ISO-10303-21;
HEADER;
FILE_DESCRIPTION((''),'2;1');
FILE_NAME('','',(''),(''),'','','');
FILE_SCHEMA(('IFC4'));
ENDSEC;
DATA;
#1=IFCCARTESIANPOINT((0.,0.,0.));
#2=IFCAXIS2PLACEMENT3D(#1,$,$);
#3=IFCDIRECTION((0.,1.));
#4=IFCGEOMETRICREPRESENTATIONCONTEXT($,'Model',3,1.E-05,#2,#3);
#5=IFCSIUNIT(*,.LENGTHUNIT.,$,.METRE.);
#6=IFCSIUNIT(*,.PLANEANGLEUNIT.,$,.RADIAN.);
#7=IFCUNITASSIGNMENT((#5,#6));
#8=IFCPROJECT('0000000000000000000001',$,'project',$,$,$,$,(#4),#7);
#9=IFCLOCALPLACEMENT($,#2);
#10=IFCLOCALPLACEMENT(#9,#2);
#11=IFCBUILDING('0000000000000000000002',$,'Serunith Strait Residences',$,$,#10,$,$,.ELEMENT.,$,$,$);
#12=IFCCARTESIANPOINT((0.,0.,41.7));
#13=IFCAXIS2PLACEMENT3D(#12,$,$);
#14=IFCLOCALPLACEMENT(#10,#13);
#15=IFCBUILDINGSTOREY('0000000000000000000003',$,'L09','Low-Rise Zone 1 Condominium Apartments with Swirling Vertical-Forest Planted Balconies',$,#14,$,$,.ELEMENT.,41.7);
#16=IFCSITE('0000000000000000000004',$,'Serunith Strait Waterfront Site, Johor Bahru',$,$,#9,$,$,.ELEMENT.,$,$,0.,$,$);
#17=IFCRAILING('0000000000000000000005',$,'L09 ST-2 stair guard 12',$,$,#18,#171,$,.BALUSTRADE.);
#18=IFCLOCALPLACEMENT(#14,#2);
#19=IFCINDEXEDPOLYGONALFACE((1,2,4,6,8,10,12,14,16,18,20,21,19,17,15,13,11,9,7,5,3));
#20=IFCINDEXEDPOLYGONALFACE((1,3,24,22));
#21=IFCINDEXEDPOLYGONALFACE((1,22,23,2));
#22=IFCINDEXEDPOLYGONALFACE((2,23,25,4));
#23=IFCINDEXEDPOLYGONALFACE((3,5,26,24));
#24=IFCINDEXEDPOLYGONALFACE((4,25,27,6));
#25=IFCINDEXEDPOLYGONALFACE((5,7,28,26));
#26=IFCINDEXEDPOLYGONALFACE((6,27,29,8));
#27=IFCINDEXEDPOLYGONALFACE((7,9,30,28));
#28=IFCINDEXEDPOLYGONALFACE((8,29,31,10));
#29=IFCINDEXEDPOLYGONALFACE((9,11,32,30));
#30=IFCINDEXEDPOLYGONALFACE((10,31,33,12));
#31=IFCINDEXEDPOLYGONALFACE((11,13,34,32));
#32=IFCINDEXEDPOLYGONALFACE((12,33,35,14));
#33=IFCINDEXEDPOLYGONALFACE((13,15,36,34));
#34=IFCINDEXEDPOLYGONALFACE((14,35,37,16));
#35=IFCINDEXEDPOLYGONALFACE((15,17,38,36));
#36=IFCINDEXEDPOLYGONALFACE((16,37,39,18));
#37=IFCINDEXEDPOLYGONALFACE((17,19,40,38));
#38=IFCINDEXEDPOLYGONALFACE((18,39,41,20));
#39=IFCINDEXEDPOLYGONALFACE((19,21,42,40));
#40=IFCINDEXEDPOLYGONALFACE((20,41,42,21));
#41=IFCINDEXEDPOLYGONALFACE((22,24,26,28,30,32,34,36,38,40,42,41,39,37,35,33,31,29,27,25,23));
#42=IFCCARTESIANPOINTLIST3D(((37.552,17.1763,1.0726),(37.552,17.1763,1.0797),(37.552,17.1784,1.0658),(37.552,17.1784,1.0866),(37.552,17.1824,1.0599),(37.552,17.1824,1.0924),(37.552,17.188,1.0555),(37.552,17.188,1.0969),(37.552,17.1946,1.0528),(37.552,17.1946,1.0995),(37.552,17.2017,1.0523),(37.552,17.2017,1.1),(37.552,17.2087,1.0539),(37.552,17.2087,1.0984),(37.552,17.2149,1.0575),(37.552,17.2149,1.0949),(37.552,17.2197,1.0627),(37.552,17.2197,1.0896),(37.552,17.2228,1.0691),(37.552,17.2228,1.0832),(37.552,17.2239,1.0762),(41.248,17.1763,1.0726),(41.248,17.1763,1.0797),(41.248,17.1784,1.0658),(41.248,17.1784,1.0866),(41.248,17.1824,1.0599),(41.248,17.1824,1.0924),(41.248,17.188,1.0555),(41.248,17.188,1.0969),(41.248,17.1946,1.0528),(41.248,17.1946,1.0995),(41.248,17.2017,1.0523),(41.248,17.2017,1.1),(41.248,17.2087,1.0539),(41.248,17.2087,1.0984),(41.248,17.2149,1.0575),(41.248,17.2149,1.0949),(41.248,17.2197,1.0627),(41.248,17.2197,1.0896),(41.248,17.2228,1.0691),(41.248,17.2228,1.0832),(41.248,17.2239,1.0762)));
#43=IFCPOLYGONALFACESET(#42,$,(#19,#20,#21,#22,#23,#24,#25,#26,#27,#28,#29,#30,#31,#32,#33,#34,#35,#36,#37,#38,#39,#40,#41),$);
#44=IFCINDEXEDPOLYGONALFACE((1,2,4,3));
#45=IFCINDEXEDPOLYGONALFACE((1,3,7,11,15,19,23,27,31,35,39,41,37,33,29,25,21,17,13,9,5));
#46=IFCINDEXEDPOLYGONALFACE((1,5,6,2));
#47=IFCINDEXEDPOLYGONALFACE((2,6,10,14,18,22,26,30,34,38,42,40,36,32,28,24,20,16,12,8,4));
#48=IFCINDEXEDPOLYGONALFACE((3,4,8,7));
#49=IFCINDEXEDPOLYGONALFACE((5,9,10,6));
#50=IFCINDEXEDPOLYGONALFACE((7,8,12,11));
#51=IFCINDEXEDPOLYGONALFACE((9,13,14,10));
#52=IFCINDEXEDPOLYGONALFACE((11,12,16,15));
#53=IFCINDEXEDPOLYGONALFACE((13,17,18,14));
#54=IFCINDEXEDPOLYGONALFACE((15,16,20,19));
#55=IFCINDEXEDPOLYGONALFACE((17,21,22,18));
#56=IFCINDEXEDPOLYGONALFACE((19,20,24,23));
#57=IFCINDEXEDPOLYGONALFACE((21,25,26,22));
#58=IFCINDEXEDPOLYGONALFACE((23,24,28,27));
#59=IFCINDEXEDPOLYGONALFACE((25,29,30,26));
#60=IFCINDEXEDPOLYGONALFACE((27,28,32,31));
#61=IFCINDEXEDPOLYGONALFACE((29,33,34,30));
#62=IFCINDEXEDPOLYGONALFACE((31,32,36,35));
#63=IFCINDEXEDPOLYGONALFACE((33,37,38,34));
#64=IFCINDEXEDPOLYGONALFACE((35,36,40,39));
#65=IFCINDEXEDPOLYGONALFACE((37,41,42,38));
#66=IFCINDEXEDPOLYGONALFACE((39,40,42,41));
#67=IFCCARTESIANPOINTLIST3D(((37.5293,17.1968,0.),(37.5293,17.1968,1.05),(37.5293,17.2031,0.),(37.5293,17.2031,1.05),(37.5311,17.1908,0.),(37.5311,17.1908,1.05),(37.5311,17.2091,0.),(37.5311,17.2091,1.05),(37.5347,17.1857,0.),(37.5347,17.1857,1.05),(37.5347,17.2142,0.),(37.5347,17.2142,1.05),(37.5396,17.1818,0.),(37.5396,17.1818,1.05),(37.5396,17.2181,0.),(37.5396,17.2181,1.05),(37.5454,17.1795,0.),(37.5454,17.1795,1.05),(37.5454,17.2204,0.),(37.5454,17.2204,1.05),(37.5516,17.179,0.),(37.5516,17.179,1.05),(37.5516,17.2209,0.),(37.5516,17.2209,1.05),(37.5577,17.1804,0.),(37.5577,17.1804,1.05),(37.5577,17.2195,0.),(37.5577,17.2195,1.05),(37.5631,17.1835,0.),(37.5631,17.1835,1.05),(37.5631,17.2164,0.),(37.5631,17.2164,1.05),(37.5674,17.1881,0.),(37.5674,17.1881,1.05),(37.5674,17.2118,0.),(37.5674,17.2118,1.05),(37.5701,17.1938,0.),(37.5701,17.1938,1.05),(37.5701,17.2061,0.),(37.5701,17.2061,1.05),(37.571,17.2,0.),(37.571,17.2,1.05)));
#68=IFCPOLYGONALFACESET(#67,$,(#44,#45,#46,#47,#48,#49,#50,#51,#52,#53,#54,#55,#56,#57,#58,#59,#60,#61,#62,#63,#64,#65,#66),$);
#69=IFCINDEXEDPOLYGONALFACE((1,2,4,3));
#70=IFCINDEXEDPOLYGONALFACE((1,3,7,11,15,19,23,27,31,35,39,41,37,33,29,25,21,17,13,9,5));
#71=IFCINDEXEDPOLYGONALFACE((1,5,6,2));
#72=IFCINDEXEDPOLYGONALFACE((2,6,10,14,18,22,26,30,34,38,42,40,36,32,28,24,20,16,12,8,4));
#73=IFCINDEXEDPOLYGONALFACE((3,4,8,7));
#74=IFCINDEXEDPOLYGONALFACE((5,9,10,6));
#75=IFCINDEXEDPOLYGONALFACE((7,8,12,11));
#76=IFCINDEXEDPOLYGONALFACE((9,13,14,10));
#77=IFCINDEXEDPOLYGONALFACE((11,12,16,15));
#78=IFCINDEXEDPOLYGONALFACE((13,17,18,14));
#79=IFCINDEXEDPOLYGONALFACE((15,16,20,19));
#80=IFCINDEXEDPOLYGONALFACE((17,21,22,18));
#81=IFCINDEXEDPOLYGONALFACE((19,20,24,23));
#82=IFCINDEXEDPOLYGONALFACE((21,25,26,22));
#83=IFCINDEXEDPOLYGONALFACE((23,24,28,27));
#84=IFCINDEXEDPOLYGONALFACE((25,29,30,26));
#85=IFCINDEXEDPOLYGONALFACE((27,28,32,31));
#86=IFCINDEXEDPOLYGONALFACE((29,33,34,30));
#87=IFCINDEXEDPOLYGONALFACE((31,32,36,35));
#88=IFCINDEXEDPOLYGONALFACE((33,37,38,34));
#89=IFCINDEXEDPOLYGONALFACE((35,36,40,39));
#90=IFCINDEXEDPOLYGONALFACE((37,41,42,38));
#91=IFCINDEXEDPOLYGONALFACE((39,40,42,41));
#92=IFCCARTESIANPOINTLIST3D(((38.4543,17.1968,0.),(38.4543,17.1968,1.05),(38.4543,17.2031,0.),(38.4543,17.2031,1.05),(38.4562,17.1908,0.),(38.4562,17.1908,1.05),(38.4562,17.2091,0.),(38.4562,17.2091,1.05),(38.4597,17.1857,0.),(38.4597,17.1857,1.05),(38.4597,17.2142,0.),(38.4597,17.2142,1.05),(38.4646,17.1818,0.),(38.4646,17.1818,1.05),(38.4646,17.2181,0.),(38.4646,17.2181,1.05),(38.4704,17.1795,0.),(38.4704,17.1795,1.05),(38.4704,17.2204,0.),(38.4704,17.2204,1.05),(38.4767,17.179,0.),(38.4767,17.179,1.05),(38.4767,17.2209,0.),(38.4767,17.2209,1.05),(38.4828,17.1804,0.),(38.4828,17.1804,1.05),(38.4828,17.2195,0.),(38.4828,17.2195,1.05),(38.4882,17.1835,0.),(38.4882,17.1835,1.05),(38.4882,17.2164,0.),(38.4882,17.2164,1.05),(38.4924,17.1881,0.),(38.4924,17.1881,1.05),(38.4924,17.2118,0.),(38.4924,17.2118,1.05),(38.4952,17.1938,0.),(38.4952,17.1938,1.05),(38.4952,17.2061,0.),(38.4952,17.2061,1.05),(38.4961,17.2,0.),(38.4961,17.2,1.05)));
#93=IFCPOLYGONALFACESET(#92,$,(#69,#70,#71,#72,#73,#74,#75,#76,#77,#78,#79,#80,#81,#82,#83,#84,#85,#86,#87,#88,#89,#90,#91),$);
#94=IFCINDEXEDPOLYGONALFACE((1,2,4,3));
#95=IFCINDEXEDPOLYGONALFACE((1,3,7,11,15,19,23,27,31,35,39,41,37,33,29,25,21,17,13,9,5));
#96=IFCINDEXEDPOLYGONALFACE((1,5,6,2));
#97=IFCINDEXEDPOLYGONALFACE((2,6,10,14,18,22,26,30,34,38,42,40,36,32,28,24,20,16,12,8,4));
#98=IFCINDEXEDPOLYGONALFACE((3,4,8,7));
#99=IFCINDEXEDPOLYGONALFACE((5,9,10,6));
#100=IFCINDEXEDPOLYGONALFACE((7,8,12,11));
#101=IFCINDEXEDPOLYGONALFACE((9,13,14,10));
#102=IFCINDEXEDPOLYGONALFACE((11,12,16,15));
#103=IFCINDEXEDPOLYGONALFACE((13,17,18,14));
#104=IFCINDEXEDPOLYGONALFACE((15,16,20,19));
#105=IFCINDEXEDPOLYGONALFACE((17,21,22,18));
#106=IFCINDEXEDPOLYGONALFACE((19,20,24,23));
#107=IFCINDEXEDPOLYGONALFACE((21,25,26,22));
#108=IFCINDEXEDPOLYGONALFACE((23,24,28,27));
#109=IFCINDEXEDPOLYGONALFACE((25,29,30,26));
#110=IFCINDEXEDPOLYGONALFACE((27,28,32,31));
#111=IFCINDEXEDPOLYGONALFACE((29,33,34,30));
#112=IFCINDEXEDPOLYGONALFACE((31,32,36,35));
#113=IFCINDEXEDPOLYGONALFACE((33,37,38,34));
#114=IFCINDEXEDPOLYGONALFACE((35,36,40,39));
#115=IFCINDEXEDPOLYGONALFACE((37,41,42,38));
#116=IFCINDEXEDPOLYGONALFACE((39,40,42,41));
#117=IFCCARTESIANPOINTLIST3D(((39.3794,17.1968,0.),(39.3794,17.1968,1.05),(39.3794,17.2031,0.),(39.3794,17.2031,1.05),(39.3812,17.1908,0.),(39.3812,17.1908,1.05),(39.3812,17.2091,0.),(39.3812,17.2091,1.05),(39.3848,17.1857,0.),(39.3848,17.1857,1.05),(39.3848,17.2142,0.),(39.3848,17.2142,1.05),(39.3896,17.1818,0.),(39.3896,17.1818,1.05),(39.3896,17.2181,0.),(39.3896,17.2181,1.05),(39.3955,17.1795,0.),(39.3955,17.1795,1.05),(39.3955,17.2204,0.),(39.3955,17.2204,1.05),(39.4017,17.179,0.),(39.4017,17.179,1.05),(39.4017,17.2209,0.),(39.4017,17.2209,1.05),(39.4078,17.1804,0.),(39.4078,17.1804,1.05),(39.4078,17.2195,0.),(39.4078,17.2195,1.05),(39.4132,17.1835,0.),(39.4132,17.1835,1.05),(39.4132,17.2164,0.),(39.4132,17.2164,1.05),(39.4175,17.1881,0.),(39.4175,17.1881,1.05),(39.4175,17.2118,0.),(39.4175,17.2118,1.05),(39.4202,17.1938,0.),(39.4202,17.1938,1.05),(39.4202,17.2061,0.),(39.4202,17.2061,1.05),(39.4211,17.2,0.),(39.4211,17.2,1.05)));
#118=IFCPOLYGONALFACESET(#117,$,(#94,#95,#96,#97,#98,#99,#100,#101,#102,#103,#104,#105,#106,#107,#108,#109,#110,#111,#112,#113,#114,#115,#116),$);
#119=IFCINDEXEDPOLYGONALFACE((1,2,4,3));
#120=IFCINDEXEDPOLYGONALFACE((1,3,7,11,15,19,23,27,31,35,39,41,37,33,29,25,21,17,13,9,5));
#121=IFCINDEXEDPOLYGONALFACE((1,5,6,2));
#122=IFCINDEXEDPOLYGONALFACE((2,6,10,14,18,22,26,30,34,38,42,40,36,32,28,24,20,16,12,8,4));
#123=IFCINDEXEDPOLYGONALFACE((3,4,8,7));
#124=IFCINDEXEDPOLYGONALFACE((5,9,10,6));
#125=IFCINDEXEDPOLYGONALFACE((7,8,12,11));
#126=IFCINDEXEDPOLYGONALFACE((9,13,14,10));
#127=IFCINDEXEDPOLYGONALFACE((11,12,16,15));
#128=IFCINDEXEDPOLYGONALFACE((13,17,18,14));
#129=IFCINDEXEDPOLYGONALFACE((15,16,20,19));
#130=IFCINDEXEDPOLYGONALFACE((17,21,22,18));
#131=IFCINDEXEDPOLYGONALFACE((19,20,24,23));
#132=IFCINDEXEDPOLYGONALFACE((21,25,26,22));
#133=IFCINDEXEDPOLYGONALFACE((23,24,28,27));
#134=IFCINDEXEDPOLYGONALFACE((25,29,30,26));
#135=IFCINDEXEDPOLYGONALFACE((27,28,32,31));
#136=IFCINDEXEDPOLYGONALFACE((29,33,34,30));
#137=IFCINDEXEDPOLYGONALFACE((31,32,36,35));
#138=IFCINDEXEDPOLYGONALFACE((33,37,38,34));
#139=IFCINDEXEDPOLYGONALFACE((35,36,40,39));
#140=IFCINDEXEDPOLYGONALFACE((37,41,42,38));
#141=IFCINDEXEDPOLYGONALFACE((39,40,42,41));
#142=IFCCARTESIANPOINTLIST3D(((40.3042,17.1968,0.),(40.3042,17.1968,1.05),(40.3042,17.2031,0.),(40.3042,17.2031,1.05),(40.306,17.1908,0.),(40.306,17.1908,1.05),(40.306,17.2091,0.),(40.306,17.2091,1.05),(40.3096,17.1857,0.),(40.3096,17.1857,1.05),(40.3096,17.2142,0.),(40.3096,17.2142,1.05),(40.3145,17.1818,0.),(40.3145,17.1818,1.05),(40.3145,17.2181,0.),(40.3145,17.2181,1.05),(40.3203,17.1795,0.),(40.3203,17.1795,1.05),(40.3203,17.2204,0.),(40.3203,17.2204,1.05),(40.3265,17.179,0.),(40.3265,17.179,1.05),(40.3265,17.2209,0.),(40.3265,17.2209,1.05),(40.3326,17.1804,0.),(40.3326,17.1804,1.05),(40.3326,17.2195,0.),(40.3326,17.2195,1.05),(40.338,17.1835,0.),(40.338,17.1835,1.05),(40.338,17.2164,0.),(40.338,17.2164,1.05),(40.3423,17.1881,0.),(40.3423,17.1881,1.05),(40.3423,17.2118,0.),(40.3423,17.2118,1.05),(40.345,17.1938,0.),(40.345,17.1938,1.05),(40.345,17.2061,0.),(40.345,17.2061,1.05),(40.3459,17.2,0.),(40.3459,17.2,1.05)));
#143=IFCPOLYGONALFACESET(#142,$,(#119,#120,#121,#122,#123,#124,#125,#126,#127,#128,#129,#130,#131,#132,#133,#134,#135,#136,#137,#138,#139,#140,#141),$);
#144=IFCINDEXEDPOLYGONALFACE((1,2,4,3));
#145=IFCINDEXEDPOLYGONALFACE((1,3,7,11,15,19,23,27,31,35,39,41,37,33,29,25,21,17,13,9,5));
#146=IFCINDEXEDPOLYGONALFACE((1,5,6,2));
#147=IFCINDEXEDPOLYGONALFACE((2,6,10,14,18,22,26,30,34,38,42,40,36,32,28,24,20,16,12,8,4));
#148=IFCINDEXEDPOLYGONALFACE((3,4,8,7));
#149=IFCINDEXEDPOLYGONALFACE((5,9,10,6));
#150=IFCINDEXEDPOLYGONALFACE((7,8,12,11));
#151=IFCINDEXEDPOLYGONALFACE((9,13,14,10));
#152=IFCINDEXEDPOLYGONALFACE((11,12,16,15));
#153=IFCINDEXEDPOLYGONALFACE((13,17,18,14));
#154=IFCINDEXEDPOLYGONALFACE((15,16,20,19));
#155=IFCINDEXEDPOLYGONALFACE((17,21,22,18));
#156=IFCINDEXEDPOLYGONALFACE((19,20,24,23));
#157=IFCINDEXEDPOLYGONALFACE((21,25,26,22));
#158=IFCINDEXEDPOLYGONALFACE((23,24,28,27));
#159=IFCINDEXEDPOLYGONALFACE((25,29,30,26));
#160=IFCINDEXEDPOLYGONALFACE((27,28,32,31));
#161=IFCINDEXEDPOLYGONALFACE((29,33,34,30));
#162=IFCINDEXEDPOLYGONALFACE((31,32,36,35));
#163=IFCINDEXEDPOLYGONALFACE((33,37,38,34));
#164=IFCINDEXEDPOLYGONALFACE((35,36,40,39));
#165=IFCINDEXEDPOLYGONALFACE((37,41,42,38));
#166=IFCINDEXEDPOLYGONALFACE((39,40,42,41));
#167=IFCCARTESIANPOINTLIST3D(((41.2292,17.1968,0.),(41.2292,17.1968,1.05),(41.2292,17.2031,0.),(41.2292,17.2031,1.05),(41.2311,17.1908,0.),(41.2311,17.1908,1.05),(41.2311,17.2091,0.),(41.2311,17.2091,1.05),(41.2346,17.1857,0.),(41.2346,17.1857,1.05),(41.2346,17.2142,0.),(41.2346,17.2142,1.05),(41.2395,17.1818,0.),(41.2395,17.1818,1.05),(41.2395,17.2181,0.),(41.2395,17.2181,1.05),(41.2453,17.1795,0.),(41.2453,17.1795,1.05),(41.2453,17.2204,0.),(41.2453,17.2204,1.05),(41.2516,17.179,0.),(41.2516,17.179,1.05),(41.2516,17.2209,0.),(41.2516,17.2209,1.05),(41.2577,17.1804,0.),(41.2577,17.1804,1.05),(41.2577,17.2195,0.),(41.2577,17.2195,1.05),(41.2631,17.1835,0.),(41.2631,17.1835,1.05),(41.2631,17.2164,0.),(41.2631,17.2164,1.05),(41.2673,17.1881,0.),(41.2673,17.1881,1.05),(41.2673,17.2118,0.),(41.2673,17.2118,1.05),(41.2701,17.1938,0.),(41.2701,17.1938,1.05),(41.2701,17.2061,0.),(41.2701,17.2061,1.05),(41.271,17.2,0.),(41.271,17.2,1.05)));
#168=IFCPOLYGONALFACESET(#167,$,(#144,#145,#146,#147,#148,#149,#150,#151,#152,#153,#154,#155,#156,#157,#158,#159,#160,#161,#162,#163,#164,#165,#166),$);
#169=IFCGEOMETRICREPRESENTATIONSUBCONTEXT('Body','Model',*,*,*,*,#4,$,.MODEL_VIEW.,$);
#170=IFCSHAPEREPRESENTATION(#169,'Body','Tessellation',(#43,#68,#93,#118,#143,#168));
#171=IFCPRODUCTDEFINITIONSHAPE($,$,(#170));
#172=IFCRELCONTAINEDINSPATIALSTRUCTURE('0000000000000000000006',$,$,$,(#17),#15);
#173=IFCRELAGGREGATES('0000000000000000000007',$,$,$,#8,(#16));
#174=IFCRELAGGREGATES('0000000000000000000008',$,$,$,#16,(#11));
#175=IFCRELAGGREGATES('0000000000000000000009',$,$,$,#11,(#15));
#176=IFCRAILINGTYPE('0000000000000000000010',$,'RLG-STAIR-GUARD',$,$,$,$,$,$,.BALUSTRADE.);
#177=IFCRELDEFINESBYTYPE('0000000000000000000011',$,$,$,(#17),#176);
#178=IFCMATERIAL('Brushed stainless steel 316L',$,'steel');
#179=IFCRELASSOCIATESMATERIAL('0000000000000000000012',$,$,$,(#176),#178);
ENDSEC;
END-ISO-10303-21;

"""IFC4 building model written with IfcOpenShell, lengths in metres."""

from ifc_helpers import new_model, si_unit, direction, frame, origin, origin_2d, place, context, subcontext, project, spatial, circle, extrude, material, type_object, element, save


model = new_model("IFC4")

# Units and contexts
model_context = context("Model", 3, precision=1e-05, world=origin(), true_north=direction((0.0, 1.0)))
body_context = subcontext(model_context, "Body", "Model", "MODEL_VIEW")
ifc_project = project(units=[si_unit("LENGTHUNIT", "METRE"), si_unit("PLANEANGLEUNIT", "RADIAN")], contexts=[model_context])

# Site, building, storey
site_placement = place(None, origin())
site = spatial("IfcSite", under=ifc_project, at=site_placement, Name="Serunith Strait Waterfront Site, Johor Bahru", CompositionType="ELEMENT", RefElevation=0.0)
building_placement = place(site_placement, origin())
building = spatial("IfcBuilding", under=site, at=building_placement, Name="Serunith Strait Residences", CompositionType="ELEMENT")
storey_placement = place(building_placement, frame((0.0, 0.0, 41.7)))
storey = spatial("IfcBuildingStorey", under=building, at=storey_placement, Name="L09", Description="Low-Rise Zone 1 Condominium Apartments with Swirling Vertical-Forest Planted Balconies", CompositionType="ELEMENT", Elevation=41.7)

# Railing
ifc_material_1 = material(Name="Brushed stainless steel 316L", Category="steel")
railing_type_1 = type_object("IfcRailingType", Name="RLG-STAIR-GUARD", PredefinedType="BALUSTRADE", material=ifc_material_1)
railing_1_placement = place(storey_placement, frame((37.55, 17.2, 0.0)))
element("IfcRailing", 1, at=railing_1_placement, inside=storey, type_object=railing_type_1, Name="L09 ST-2 stair guard 12", PredefinedType="BALUSTRADE", context=body_context, shape_type="SweptSolid", body=[
    extrude(circle(Radius=0.0239, at=origin_2d()), frame((0.002, 0.0, 1.0762), z_axis=(1.0, 0.0, 0.0), x_axis=(0.0, 1.0, 0.0)), (0.0, 0.0, 1.0), 3.696),
    extrude(circle(Radius=0.021, at=origin_2d()), origin(), (0.0, 0.0, 1.0), 1.05),
    extrude(circle(Radius=0.021, at=origin_2d()), frame((0.925, 0.0, 0.0)), (0.0, 0.0, 1.0), 1.05),
    extrude(circle(Radius=0.021, at=origin_2d()), frame((1.8501, 0.0, 0.0)), (0.0, 0.0, 1.0), 1.05),
    extrude(circle(Radius=0.021, at=origin_2d()), frame((2.7749, 0.0, 0.0)), (0.0, 0.0, 1.0), 1.05),
    extrude(circle(Radius=0.021, at=origin_2d()), frame((3.7, 0.0, 0.0)), (0.0, 0.0, 1.0), 1.05),
])

save(model, "model.ifc")
